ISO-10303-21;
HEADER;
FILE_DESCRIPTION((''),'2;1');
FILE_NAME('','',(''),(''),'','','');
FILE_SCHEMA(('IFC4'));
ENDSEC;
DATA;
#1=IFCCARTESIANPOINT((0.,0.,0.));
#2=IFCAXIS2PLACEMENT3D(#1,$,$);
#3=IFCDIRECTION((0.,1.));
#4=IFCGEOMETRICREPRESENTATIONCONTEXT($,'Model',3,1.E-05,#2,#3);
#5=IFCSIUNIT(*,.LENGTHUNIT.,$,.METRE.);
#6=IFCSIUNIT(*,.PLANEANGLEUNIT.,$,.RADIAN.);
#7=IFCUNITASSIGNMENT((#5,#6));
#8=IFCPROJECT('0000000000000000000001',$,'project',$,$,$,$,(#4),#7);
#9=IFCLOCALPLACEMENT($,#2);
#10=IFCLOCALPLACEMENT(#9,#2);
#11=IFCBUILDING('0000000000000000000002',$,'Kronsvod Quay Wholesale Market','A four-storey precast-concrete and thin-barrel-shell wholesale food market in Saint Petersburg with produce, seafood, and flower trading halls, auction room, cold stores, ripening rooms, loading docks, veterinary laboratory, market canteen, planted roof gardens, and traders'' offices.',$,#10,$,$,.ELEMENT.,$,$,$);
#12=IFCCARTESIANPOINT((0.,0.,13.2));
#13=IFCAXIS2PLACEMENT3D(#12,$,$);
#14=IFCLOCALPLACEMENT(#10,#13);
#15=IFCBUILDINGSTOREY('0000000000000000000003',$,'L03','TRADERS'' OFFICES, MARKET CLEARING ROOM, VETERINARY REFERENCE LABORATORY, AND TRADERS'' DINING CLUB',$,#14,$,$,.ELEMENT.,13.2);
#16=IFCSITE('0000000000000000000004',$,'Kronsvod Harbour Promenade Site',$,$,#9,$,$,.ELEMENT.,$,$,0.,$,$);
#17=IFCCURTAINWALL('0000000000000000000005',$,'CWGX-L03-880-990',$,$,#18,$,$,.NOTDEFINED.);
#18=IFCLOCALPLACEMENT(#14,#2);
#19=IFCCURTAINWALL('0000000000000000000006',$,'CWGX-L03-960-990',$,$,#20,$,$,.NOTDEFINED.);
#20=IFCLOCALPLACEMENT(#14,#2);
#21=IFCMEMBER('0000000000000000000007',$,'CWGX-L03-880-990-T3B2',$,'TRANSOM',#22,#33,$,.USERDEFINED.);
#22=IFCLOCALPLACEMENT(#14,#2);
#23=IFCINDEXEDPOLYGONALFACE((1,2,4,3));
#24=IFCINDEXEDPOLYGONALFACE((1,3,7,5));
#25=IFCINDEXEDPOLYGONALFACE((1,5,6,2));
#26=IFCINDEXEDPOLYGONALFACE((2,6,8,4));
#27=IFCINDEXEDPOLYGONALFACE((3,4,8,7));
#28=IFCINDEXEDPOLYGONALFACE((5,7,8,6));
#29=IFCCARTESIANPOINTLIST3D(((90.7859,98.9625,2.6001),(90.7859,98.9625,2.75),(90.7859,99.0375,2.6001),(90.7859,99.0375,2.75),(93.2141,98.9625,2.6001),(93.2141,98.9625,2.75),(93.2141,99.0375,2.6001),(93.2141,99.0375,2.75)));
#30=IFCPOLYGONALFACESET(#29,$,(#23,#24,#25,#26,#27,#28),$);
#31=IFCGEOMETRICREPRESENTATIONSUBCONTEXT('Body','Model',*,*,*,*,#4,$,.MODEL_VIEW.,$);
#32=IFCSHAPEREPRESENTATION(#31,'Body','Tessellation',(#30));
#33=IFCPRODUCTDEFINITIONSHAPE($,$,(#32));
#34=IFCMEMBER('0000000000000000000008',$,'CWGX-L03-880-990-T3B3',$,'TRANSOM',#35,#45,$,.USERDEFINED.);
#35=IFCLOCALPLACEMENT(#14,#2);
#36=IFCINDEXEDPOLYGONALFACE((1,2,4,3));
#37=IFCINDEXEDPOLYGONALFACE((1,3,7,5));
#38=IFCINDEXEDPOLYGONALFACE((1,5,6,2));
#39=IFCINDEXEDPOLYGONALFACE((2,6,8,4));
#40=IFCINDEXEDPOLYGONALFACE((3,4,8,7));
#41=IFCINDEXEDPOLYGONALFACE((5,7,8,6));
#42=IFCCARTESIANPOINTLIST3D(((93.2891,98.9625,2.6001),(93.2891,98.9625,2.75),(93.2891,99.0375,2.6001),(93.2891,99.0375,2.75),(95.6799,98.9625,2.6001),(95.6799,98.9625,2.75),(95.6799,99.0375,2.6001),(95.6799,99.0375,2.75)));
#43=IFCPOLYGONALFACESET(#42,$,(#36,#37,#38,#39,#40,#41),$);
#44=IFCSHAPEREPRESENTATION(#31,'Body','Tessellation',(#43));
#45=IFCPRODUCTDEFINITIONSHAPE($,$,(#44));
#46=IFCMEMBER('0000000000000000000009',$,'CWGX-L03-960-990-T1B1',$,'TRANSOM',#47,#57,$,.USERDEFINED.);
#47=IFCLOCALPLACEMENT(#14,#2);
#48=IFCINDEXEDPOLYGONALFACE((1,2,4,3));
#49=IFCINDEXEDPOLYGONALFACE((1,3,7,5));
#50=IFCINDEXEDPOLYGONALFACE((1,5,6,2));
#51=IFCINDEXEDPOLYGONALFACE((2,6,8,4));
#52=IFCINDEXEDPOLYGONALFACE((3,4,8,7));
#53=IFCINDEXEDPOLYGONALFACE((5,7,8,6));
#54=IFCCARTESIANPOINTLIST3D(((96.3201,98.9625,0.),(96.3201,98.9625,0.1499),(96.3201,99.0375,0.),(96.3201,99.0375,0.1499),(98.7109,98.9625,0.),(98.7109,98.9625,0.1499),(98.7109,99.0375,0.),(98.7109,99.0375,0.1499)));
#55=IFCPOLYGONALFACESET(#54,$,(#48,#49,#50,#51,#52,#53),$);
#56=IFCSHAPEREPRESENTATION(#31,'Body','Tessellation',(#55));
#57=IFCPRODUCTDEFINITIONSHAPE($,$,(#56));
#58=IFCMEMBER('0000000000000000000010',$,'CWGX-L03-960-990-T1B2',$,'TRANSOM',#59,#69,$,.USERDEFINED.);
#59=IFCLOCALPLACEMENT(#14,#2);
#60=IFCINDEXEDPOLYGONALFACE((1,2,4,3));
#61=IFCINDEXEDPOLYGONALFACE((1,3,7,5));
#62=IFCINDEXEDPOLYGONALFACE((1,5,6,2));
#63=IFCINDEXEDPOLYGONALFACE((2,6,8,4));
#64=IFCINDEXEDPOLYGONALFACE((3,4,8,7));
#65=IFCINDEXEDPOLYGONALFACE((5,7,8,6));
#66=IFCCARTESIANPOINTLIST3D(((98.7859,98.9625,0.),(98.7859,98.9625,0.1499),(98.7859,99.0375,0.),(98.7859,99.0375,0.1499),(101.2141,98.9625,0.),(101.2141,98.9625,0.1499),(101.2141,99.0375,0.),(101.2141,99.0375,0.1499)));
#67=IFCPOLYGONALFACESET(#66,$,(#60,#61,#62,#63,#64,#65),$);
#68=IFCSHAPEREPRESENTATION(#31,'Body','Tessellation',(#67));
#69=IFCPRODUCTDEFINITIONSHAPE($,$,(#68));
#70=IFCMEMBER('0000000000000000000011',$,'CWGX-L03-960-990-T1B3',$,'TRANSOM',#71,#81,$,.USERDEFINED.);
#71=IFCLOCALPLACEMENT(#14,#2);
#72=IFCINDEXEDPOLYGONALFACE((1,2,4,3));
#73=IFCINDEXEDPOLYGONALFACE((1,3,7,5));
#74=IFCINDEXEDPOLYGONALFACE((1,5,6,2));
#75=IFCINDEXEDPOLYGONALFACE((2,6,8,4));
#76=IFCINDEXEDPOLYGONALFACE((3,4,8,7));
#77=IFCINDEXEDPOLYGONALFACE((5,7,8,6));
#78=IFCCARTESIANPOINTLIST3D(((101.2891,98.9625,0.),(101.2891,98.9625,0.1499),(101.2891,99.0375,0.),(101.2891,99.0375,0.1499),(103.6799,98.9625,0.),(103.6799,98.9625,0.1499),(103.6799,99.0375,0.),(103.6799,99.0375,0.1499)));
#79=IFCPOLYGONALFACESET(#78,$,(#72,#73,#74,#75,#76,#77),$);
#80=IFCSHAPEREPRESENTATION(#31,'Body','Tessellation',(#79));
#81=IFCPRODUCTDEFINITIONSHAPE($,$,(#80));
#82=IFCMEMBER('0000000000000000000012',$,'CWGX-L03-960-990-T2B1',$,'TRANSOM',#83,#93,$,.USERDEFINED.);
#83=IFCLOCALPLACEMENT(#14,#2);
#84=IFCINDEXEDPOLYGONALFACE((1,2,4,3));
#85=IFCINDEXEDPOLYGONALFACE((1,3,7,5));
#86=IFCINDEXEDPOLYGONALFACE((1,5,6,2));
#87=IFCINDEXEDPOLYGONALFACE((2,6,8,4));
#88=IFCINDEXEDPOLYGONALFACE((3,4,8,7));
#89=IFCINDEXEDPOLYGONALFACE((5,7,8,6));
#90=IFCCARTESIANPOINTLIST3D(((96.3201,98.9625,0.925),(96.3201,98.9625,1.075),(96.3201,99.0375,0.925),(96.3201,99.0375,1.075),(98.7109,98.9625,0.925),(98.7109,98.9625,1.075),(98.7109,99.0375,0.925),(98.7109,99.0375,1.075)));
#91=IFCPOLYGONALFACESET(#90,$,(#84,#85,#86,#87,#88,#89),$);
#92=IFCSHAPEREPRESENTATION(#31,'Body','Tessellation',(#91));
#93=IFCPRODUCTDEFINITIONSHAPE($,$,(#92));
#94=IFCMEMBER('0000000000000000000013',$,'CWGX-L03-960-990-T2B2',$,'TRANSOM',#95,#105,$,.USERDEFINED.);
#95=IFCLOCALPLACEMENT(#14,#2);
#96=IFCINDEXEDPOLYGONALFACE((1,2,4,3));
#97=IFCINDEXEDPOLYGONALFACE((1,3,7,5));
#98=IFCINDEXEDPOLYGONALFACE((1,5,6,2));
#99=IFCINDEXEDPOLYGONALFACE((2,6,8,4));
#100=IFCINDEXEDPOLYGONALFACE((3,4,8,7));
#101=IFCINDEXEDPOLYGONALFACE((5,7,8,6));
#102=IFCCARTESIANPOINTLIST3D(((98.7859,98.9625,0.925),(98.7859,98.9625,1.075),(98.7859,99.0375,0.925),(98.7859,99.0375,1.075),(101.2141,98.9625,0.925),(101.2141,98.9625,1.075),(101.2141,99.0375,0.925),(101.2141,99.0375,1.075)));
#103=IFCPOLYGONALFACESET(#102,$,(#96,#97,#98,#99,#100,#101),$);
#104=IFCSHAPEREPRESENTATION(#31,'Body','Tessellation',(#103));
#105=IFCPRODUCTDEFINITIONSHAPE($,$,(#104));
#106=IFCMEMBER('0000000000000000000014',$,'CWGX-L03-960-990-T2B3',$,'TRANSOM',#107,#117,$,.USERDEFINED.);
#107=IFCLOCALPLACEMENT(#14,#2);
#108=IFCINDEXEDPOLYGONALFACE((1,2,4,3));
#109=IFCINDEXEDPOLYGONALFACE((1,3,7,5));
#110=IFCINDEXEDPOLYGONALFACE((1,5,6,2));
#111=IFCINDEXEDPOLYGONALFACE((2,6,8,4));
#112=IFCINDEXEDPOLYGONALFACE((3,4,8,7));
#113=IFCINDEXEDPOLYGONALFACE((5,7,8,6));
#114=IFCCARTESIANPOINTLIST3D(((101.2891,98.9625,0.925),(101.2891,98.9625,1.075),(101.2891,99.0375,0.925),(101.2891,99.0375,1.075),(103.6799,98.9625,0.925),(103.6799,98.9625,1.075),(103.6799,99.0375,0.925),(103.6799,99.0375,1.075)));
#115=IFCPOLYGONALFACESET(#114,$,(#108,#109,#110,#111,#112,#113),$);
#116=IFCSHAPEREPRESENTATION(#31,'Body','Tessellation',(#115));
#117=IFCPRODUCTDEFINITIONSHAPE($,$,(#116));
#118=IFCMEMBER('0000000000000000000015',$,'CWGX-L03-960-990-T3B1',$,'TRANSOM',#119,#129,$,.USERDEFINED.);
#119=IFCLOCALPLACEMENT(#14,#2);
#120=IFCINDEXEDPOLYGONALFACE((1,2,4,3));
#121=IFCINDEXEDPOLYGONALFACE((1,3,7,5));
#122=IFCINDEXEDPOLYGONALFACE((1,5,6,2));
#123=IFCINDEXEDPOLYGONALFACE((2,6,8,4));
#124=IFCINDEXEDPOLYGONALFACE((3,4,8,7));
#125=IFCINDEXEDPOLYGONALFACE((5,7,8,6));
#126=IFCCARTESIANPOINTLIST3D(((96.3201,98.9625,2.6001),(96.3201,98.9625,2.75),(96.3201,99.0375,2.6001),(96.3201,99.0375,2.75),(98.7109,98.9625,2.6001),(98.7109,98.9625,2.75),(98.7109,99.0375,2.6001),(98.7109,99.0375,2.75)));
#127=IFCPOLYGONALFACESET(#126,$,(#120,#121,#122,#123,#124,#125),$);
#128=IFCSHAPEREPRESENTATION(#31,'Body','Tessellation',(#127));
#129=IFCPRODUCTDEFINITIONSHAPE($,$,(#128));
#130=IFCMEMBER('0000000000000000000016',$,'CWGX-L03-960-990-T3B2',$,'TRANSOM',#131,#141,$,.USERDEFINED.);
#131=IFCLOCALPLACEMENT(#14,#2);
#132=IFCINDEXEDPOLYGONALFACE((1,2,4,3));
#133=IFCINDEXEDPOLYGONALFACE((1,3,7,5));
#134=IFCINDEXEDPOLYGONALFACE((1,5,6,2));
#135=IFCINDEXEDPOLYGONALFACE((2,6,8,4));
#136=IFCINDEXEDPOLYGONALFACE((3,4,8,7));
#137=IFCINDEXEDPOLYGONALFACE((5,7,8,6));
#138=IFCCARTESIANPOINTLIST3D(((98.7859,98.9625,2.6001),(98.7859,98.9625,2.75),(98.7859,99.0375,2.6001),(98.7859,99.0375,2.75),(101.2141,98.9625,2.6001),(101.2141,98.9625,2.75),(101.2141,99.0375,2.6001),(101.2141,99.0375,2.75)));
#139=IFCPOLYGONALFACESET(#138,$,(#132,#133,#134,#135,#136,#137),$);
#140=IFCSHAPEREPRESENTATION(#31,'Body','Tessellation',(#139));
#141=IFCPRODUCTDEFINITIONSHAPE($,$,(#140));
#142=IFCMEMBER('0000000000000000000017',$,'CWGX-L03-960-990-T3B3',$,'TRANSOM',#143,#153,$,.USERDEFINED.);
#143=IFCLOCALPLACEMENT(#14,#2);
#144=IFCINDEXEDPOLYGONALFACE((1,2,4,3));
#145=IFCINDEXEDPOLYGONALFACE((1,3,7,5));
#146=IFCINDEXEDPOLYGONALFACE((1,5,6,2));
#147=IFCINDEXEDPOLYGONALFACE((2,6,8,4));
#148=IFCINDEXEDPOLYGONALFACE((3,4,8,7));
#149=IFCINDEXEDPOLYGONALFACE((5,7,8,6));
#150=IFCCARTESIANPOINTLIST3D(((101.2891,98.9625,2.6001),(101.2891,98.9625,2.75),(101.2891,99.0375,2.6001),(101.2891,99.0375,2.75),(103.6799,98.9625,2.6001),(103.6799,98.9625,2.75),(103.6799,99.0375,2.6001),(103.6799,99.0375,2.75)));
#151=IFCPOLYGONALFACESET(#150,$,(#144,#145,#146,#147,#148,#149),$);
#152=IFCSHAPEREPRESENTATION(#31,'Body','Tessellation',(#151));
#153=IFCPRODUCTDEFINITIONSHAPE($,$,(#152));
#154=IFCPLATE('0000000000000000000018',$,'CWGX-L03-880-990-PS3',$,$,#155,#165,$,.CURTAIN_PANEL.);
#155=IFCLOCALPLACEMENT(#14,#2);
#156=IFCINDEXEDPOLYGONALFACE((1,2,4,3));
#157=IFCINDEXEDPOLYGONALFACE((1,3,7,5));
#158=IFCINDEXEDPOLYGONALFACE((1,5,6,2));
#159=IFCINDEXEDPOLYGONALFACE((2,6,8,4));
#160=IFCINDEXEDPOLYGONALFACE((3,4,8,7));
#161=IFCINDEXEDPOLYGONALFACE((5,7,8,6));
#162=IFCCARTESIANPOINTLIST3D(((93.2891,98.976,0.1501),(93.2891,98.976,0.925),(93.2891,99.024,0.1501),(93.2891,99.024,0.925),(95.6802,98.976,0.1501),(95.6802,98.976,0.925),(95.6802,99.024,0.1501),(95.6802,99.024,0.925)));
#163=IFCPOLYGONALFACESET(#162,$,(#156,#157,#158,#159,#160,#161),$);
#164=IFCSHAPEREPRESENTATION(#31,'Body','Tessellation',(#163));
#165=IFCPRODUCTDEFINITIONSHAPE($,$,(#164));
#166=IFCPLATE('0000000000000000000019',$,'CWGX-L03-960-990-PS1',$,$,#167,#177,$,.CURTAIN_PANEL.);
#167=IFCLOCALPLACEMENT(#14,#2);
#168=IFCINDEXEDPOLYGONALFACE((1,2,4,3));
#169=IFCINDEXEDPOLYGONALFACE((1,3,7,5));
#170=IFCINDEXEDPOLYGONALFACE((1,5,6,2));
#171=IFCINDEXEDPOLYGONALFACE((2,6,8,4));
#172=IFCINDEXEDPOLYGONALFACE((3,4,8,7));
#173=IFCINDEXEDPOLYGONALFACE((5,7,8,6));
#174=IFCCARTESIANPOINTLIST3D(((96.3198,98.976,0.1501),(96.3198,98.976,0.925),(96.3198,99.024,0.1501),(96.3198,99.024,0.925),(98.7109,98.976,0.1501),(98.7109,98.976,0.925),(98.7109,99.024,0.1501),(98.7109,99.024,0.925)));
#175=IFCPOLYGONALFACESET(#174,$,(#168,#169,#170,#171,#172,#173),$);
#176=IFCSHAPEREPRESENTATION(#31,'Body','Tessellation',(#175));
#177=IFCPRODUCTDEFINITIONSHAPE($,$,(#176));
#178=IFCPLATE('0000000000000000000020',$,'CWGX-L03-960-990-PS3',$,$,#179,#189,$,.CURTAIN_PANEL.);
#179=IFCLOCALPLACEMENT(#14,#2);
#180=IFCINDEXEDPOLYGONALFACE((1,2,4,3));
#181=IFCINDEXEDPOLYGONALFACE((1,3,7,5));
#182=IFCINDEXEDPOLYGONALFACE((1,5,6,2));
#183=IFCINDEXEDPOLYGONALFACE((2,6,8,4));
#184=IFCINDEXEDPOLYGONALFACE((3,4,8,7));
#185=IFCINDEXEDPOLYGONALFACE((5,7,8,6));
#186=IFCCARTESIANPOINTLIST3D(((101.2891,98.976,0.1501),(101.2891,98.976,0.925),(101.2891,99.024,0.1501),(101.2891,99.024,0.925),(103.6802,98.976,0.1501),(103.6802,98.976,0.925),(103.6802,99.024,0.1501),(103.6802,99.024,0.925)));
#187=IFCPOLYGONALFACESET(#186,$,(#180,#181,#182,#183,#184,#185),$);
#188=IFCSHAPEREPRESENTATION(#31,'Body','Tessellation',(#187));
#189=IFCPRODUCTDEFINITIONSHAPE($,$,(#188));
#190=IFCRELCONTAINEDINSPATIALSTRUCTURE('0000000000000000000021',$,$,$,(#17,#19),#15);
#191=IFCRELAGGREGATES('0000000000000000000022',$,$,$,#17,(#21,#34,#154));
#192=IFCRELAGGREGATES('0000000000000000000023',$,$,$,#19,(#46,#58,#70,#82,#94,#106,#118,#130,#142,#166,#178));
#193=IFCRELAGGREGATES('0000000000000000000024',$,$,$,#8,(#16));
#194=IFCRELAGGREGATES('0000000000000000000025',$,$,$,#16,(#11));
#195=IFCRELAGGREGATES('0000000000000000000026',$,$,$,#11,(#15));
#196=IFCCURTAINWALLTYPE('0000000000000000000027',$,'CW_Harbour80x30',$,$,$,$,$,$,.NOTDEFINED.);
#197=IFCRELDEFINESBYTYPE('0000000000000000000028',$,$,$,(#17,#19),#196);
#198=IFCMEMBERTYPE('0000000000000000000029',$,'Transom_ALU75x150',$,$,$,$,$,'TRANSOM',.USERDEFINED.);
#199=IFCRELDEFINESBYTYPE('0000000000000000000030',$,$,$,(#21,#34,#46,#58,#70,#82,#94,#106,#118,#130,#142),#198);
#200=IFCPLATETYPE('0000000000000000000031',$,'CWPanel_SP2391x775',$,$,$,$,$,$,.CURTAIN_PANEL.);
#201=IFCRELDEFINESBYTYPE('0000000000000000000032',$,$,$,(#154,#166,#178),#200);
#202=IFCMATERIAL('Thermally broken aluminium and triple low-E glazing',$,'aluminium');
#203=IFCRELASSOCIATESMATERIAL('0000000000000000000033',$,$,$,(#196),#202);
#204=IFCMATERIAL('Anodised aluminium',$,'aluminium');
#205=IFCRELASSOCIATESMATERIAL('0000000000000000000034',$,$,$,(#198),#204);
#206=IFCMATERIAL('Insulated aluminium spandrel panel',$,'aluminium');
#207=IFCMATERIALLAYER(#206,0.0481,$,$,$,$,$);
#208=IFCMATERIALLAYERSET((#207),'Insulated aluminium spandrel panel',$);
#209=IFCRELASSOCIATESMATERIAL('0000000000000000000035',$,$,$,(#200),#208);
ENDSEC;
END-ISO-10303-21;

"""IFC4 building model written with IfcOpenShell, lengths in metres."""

from ifc_helpers import new_model, si_unit, direction, frame, origin, origin_2d, place, context, subcontext, project, spatial, rectangle, extrude, material, layer, layer_set, material_profile, profile_set, type_object, element, aggregate, save


model = new_model("IFC4")

# Units and contexts
model_context = context("Model", 3, precision=1e-05, world=origin(), true_north=direction((0.0, 1.0)))
body_context = subcontext(model_context, "Body", "Model", "MODEL_VIEW")
ifc_project = project(units=[si_unit("LENGTHUNIT", "METRE"), si_unit("PLANEANGLEUNIT", "RADIAN")], contexts=[model_context])

# Site, building, storey
site_placement = place(None, origin())
site = spatial("IfcSite", under=ifc_project, at=site_placement, Name="Kronsvod Harbour Promenade Site", CompositionType="ELEMENT", RefElevation=0.0)
building_placement = place(site_placement, origin())
building = spatial("IfcBuilding", under=site, at=building_placement, Name="Kronsvod Quay Wholesale Market", Description="A four-storey precast-concrete and thin-barrel-shell wholesale food market in Saint Petersburg with produce, seafood, and flower trading halls, auction room, cold stores, ripening rooms, loading docks, veterinary laboratory, market canteen, planted roof gardens, and traders' offices.", CompositionType="ELEMENT")
storey_placement = place(building_placement, frame((0.0, 0.0, 13.2)))
storey = spatial("IfcBuildingStorey", under=building, at=storey_placement, Name="L03", Description="TRADERS' OFFICES, MARKET CLEARING ROOM, VETERINARY REFERENCE LABORATORY, AND TRADERS' DINING CLUB", CompositionType="ELEMENT", Elevation=13.2)

# Curtain walls
ifc_material_1 = material(Name="Thermally broken aluminium and triple low-E glazing", Category="aluminium")
curtain_wall_type = type_object("IfcCurtainWallType", Name="CW_Harbour80x30", PredefinedType="NOTDEFINED", material=ifc_material_1)
curtain_wall_1_placement = place(storey_placement, origin())
curtain_wall_1 = element("IfcCurtainWall", 1, at=curtain_wall_1_placement, inside=storey, type_object=curtain_wall_type, Name="CWGX-L03-880-990", PredefinedType="NOTDEFINED")
curtain_wall_2_placement = place(storey_placement, origin())
curtain_wall_2 = element("IfcCurtainWall", 2, at=curtain_wall_2_placement, inside=storey, type_object=curtain_wall_type, Name="CWGX-L03-960-990", PredefinedType="NOTDEFINED")

# Members
ifc_material_2 = material(Name="Anodised aluminium", Category="aluminium")
ifc_material_profile_1 = material_profile(ifc_material_2, rectangle(XDim=0.075, YDim=0.1499, at=origin_2d()), Name="ALUT75x150")
ifc_profile_set_1 = profile_set([ifc_material_profile_1], Name="Anodised aluminium")
member_type_1 = type_object("IfcMemberType", Name="Transom_ALU75x150", ElementType="TRANSOM", PredefinedType="USERDEFINED", material=ifc_profile_set_1)
member_1_placement = place(storey_placement, frame((90.7859, 99.0, 2.675), z_axis=(1.0, 0.0, 0.0), x_axis=(0.0, 1.0, 0.0)))
member_1 = element("IfcMember", 3, at=member_1_placement, type_object=member_type_1, Name="CWGX-L03-880-990-T3B2", ObjectType="TRANSOM", PredefinedType="USERDEFINED", context=body_context, shape_type="SweptSolid", body=[
    extrude(rectangle(XDim=0.075, YDim=0.1499, at=origin_2d()), origin(), (0.0, 0.0, 1.0), 2.4282),
])
member_2_placement = place(storey_placement, frame((93.2891, 99.0, 2.675), z_axis=(1.0, 0.0, 0.0), x_axis=(0.0, 1.0, 0.0)))
member_2 = element("IfcMember", 4, at=member_2_placement, type_object=member_type_1, Name="CWGX-L03-880-990-T3B3", ObjectType="TRANSOM", PredefinedType="USERDEFINED", context=body_context, shape_type="SweptSolid", body=[
    extrude(rectangle(XDim=0.075, YDim=0.1499, at=origin_2d()), origin(), (0.0, 0.0, 1.0), 2.3909),
])
member_3_placement = place(storey_placement, frame((96.3201, 99.0, 0.075), z_axis=(1.0, 0.0, 0.0), x_axis=(0.0, 1.0, 0.0)))
member_3 = element("IfcMember", 5, at=member_3_placement, type_object=member_type_1, Name="CWGX-L03-960-990-T1B1", ObjectType="TRANSOM", PredefinedType="USERDEFINED", context=body_context, shape_type="SweptSolid", body=[
    extrude(rectangle(XDim=0.075, YDim=0.1499, at=origin_2d()), origin(), (0.0, 0.0, 1.0), 2.3909),
])
member_4_placement = place(storey_placement, frame((98.7859, 99.0, 0.075), z_axis=(1.0, 0.0, 0.0), x_axis=(0.0, 1.0, 0.0)))
member_4 = element("IfcMember", 6, at=member_4_placement, type_object=member_type_1, Name="CWGX-L03-960-990-T1B2", ObjectType="TRANSOM", PredefinedType="USERDEFINED", context=body_context, shape_type="SweptSolid", body=[
    extrude(rectangle(XDim=0.075, YDim=0.1499, at=origin_2d()), origin(), (0.0, 0.0, 1.0), 2.4282),
])
member_5_placement = place(storey_placement, frame((101.2891, 99.0, 0.075), z_axis=(1.0, 0.0, 0.0), x_axis=(0.0, 1.0, 0.0)))
member_5 = element("IfcMember", 7, at=member_5_placement, type_object=member_type_1, Name="CWGX-L03-960-990-T1B3", ObjectType="TRANSOM", PredefinedType="USERDEFINED", context=body_context, shape_type="SweptSolid", body=[
    extrude(rectangle(XDim=0.075, YDim=0.1499, at=origin_2d()), origin(), (0.0, 0.0, 1.0), 2.3909),
])
member_6_placement = place(storey_placement, frame((96.3201, 99.0, 1.0), z_axis=(1.0, 0.0, 0.0), x_axis=(0.0, 1.0, 0.0)))
member_6 = element("IfcMember", 8, at=member_6_placement, type_object=member_type_1, Name="CWGX-L03-960-990-T2B1", ObjectType="TRANSOM", PredefinedType="USERDEFINED", context=body_context, shape_type="SweptSolid", body=[
    extrude(rectangle(XDim=0.075, YDim=0.1499, at=origin_2d()), origin(), (0.0, 0.0, 1.0), 2.3909),
])
member_7_placement = place(storey_placement, frame((98.7859, 99.0, 1.0), z_axis=(1.0, 0.0, 0.0), x_axis=(0.0, 1.0, 0.0)))
member_7 = element("IfcMember", 9, at=member_7_placement, type_object=member_type_1, Name="CWGX-L03-960-990-T2B2", ObjectType="TRANSOM", PredefinedType="USERDEFINED", context=body_context, shape_type="SweptSolid", body=[
    extrude(rectangle(XDim=0.075, YDim=0.1499, at=origin_2d()), origin(), (0.0, 0.0, 1.0), 2.4282),
])
member_8_placement = place(storey_placement, frame((101.2891, 99.0, 1.0), z_axis=(1.0, 0.0, 0.0), x_axis=(0.0, 1.0, 0.0)))
member_8 = element("IfcMember", 10, at=member_8_placement, type_object=member_type_1, Name="CWGX-L03-960-990-T2B3", ObjectType="TRANSOM", PredefinedType="USERDEFINED", context=body_context, shape_type="SweptSolid", body=[
    extrude(rectangle(XDim=0.075, YDim=0.1499, at=origin_2d()), origin(), (0.0, 0.0, 1.0), 2.3909),
])
member_9_placement = place(storey_placement, frame((96.3201, 99.0, 2.675), z_axis=(1.0, 0.0, 0.0), x_axis=(0.0, 1.0, 0.0)))
member_9 = element("IfcMember", 11, at=member_9_placement, type_object=member_type_1, Name="CWGX-L03-960-990-T3B1", ObjectType="TRANSOM", PredefinedType="USERDEFINED", context=body_context, shape_type="SweptSolid", body=[
    extrude(rectangle(XDim=0.075, YDim=0.1499, at=origin_2d()), origin(), (0.0, 0.0, 1.0), 2.3909),
])
member_10_placement = place(storey_placement, frame((98.7859, 99.0, 2.675), z_axis=(1.0, 0.0, 0.0), x_axis=(0.0, 1.0, 0.0)))
member_10 = element("IfcMember", 12, at=member_10_placement, type_object=member_type_1, Name="CWGX-L03-960-990-T3B2", ObjectType="TRANSOM", PredefinedType="USERDEFINED", context=body_context, shape_type="SweptSolid", body=[
    extrude(rectangle(XDim=0.075, YDim=0.1499, at=origin_2d()), origin(), (0.0, 0.0, 1.0), 2.4282),
])
member_11_placement = place(storey_placement, frame((101.2891, 99.0, 2.675), z_axis=(1.0, 0.0, 0.0), x_axis=(0.0, 1.0, 0.0)))
member_11 = element("IfcMember", 13, at=member_11_placement, type_object=member_type_1, Name="CWGX-L03-960-990-T3B3", ObjectType="TRANSOM", PredefinedType="USERDEFINED", context=body_context, shape_type="SweptSolid", body=[
    extrude(rectangle(XDim=0.075, YDim=0.1499, at=origin_2d()), origin(), (0.0, 0.0, 1.0), 2.3909),
])

# Plates
ifc_material_3 = material(Name="Insulated aluminium spandrel panel", Category="aluminium")
ifc_layer_1 = layer(ifc_material_3, 0.0481)
ifc_layer_set_1 = layer_set([ifc_layer_1], Name="Insulated aluminium spandrel panel")
plate_type_1 = type_object("IfcPlateType", Name="CWPanel_SP2391x775", PredefinedType="CURTAIN_PANEL", material=ifc_layer_set_1)
plate_1_placement = place(storey_placement, frame((94.4846, 99.0, 0.1501), z_axis=(0.0, 0.0, 1.0), x_axis=(1.0, 0.0, 0.0)))
plate_1 = element("IfcPlate", 14, at=plate_1_placement, type_object=plate_type_1, Name="CWGX-L03-880-990-PS3", PredefinedType="CURTAIN_PANEL", context=body_context, shape_type="SweptSolid", body=[
    extrude(rectangle(XDim=2.3911, YDim=0.0481, at=origin_2d()), origin(), (0.0, 0.0, 1.0), 0.7749),
])
plate_2_placement = place(storey_placement, frame((97.5154, 99.0, 0.1501), z_axis=(0.0, 0.0, 1.0), x_axis=(1.0, 0.0, 0.0)))
plate_2 = element("IfcPlate", 15, at=plate_2_placement, type_object=plate_type_1, Name="CWGX-L03-960-990-PS1", PredefinedType="CURTAIN_PANEL", context=body_context, shape_type="SweptSolid", body=[
    extrude(rectangle(XDim=2.3911, YDim=0.0481, at=origin_2d()), origin(), (0.0, 0.0, 1.0), 0.7749),
])
plate_3_placement = place(storey_placement, frame((102.4846, 99.0, 0.1501), z_axis=(0.0, 0.0, 1.0), x_axis=(1.0, 0.0, 0.0)))
plate_3 = element("IfcPlate", 16, at=plate_3_placement, type_object=plate_type_1, Name="CWGX-L03-960-990-PS3", PredefinedType="CURTAIN_PANEL", context=body_context, shape_type="SweptSolid", body=[
    extrude(rectangle(XDim=2.3911, YDim=0.0481, at=origin_2d()), origin(), (0.0, 0.0, 1.0), 0.7749),
])
aggregate(curtain_wall_1, [member_1, member_2, plate_1])
aggregate(curtain_wall_2, [member_3, member_4, member_5, member_6, member_7, member_8, member_9, member_10, member_11, plate_2, plate_3])

save(model, "model.ifc")
